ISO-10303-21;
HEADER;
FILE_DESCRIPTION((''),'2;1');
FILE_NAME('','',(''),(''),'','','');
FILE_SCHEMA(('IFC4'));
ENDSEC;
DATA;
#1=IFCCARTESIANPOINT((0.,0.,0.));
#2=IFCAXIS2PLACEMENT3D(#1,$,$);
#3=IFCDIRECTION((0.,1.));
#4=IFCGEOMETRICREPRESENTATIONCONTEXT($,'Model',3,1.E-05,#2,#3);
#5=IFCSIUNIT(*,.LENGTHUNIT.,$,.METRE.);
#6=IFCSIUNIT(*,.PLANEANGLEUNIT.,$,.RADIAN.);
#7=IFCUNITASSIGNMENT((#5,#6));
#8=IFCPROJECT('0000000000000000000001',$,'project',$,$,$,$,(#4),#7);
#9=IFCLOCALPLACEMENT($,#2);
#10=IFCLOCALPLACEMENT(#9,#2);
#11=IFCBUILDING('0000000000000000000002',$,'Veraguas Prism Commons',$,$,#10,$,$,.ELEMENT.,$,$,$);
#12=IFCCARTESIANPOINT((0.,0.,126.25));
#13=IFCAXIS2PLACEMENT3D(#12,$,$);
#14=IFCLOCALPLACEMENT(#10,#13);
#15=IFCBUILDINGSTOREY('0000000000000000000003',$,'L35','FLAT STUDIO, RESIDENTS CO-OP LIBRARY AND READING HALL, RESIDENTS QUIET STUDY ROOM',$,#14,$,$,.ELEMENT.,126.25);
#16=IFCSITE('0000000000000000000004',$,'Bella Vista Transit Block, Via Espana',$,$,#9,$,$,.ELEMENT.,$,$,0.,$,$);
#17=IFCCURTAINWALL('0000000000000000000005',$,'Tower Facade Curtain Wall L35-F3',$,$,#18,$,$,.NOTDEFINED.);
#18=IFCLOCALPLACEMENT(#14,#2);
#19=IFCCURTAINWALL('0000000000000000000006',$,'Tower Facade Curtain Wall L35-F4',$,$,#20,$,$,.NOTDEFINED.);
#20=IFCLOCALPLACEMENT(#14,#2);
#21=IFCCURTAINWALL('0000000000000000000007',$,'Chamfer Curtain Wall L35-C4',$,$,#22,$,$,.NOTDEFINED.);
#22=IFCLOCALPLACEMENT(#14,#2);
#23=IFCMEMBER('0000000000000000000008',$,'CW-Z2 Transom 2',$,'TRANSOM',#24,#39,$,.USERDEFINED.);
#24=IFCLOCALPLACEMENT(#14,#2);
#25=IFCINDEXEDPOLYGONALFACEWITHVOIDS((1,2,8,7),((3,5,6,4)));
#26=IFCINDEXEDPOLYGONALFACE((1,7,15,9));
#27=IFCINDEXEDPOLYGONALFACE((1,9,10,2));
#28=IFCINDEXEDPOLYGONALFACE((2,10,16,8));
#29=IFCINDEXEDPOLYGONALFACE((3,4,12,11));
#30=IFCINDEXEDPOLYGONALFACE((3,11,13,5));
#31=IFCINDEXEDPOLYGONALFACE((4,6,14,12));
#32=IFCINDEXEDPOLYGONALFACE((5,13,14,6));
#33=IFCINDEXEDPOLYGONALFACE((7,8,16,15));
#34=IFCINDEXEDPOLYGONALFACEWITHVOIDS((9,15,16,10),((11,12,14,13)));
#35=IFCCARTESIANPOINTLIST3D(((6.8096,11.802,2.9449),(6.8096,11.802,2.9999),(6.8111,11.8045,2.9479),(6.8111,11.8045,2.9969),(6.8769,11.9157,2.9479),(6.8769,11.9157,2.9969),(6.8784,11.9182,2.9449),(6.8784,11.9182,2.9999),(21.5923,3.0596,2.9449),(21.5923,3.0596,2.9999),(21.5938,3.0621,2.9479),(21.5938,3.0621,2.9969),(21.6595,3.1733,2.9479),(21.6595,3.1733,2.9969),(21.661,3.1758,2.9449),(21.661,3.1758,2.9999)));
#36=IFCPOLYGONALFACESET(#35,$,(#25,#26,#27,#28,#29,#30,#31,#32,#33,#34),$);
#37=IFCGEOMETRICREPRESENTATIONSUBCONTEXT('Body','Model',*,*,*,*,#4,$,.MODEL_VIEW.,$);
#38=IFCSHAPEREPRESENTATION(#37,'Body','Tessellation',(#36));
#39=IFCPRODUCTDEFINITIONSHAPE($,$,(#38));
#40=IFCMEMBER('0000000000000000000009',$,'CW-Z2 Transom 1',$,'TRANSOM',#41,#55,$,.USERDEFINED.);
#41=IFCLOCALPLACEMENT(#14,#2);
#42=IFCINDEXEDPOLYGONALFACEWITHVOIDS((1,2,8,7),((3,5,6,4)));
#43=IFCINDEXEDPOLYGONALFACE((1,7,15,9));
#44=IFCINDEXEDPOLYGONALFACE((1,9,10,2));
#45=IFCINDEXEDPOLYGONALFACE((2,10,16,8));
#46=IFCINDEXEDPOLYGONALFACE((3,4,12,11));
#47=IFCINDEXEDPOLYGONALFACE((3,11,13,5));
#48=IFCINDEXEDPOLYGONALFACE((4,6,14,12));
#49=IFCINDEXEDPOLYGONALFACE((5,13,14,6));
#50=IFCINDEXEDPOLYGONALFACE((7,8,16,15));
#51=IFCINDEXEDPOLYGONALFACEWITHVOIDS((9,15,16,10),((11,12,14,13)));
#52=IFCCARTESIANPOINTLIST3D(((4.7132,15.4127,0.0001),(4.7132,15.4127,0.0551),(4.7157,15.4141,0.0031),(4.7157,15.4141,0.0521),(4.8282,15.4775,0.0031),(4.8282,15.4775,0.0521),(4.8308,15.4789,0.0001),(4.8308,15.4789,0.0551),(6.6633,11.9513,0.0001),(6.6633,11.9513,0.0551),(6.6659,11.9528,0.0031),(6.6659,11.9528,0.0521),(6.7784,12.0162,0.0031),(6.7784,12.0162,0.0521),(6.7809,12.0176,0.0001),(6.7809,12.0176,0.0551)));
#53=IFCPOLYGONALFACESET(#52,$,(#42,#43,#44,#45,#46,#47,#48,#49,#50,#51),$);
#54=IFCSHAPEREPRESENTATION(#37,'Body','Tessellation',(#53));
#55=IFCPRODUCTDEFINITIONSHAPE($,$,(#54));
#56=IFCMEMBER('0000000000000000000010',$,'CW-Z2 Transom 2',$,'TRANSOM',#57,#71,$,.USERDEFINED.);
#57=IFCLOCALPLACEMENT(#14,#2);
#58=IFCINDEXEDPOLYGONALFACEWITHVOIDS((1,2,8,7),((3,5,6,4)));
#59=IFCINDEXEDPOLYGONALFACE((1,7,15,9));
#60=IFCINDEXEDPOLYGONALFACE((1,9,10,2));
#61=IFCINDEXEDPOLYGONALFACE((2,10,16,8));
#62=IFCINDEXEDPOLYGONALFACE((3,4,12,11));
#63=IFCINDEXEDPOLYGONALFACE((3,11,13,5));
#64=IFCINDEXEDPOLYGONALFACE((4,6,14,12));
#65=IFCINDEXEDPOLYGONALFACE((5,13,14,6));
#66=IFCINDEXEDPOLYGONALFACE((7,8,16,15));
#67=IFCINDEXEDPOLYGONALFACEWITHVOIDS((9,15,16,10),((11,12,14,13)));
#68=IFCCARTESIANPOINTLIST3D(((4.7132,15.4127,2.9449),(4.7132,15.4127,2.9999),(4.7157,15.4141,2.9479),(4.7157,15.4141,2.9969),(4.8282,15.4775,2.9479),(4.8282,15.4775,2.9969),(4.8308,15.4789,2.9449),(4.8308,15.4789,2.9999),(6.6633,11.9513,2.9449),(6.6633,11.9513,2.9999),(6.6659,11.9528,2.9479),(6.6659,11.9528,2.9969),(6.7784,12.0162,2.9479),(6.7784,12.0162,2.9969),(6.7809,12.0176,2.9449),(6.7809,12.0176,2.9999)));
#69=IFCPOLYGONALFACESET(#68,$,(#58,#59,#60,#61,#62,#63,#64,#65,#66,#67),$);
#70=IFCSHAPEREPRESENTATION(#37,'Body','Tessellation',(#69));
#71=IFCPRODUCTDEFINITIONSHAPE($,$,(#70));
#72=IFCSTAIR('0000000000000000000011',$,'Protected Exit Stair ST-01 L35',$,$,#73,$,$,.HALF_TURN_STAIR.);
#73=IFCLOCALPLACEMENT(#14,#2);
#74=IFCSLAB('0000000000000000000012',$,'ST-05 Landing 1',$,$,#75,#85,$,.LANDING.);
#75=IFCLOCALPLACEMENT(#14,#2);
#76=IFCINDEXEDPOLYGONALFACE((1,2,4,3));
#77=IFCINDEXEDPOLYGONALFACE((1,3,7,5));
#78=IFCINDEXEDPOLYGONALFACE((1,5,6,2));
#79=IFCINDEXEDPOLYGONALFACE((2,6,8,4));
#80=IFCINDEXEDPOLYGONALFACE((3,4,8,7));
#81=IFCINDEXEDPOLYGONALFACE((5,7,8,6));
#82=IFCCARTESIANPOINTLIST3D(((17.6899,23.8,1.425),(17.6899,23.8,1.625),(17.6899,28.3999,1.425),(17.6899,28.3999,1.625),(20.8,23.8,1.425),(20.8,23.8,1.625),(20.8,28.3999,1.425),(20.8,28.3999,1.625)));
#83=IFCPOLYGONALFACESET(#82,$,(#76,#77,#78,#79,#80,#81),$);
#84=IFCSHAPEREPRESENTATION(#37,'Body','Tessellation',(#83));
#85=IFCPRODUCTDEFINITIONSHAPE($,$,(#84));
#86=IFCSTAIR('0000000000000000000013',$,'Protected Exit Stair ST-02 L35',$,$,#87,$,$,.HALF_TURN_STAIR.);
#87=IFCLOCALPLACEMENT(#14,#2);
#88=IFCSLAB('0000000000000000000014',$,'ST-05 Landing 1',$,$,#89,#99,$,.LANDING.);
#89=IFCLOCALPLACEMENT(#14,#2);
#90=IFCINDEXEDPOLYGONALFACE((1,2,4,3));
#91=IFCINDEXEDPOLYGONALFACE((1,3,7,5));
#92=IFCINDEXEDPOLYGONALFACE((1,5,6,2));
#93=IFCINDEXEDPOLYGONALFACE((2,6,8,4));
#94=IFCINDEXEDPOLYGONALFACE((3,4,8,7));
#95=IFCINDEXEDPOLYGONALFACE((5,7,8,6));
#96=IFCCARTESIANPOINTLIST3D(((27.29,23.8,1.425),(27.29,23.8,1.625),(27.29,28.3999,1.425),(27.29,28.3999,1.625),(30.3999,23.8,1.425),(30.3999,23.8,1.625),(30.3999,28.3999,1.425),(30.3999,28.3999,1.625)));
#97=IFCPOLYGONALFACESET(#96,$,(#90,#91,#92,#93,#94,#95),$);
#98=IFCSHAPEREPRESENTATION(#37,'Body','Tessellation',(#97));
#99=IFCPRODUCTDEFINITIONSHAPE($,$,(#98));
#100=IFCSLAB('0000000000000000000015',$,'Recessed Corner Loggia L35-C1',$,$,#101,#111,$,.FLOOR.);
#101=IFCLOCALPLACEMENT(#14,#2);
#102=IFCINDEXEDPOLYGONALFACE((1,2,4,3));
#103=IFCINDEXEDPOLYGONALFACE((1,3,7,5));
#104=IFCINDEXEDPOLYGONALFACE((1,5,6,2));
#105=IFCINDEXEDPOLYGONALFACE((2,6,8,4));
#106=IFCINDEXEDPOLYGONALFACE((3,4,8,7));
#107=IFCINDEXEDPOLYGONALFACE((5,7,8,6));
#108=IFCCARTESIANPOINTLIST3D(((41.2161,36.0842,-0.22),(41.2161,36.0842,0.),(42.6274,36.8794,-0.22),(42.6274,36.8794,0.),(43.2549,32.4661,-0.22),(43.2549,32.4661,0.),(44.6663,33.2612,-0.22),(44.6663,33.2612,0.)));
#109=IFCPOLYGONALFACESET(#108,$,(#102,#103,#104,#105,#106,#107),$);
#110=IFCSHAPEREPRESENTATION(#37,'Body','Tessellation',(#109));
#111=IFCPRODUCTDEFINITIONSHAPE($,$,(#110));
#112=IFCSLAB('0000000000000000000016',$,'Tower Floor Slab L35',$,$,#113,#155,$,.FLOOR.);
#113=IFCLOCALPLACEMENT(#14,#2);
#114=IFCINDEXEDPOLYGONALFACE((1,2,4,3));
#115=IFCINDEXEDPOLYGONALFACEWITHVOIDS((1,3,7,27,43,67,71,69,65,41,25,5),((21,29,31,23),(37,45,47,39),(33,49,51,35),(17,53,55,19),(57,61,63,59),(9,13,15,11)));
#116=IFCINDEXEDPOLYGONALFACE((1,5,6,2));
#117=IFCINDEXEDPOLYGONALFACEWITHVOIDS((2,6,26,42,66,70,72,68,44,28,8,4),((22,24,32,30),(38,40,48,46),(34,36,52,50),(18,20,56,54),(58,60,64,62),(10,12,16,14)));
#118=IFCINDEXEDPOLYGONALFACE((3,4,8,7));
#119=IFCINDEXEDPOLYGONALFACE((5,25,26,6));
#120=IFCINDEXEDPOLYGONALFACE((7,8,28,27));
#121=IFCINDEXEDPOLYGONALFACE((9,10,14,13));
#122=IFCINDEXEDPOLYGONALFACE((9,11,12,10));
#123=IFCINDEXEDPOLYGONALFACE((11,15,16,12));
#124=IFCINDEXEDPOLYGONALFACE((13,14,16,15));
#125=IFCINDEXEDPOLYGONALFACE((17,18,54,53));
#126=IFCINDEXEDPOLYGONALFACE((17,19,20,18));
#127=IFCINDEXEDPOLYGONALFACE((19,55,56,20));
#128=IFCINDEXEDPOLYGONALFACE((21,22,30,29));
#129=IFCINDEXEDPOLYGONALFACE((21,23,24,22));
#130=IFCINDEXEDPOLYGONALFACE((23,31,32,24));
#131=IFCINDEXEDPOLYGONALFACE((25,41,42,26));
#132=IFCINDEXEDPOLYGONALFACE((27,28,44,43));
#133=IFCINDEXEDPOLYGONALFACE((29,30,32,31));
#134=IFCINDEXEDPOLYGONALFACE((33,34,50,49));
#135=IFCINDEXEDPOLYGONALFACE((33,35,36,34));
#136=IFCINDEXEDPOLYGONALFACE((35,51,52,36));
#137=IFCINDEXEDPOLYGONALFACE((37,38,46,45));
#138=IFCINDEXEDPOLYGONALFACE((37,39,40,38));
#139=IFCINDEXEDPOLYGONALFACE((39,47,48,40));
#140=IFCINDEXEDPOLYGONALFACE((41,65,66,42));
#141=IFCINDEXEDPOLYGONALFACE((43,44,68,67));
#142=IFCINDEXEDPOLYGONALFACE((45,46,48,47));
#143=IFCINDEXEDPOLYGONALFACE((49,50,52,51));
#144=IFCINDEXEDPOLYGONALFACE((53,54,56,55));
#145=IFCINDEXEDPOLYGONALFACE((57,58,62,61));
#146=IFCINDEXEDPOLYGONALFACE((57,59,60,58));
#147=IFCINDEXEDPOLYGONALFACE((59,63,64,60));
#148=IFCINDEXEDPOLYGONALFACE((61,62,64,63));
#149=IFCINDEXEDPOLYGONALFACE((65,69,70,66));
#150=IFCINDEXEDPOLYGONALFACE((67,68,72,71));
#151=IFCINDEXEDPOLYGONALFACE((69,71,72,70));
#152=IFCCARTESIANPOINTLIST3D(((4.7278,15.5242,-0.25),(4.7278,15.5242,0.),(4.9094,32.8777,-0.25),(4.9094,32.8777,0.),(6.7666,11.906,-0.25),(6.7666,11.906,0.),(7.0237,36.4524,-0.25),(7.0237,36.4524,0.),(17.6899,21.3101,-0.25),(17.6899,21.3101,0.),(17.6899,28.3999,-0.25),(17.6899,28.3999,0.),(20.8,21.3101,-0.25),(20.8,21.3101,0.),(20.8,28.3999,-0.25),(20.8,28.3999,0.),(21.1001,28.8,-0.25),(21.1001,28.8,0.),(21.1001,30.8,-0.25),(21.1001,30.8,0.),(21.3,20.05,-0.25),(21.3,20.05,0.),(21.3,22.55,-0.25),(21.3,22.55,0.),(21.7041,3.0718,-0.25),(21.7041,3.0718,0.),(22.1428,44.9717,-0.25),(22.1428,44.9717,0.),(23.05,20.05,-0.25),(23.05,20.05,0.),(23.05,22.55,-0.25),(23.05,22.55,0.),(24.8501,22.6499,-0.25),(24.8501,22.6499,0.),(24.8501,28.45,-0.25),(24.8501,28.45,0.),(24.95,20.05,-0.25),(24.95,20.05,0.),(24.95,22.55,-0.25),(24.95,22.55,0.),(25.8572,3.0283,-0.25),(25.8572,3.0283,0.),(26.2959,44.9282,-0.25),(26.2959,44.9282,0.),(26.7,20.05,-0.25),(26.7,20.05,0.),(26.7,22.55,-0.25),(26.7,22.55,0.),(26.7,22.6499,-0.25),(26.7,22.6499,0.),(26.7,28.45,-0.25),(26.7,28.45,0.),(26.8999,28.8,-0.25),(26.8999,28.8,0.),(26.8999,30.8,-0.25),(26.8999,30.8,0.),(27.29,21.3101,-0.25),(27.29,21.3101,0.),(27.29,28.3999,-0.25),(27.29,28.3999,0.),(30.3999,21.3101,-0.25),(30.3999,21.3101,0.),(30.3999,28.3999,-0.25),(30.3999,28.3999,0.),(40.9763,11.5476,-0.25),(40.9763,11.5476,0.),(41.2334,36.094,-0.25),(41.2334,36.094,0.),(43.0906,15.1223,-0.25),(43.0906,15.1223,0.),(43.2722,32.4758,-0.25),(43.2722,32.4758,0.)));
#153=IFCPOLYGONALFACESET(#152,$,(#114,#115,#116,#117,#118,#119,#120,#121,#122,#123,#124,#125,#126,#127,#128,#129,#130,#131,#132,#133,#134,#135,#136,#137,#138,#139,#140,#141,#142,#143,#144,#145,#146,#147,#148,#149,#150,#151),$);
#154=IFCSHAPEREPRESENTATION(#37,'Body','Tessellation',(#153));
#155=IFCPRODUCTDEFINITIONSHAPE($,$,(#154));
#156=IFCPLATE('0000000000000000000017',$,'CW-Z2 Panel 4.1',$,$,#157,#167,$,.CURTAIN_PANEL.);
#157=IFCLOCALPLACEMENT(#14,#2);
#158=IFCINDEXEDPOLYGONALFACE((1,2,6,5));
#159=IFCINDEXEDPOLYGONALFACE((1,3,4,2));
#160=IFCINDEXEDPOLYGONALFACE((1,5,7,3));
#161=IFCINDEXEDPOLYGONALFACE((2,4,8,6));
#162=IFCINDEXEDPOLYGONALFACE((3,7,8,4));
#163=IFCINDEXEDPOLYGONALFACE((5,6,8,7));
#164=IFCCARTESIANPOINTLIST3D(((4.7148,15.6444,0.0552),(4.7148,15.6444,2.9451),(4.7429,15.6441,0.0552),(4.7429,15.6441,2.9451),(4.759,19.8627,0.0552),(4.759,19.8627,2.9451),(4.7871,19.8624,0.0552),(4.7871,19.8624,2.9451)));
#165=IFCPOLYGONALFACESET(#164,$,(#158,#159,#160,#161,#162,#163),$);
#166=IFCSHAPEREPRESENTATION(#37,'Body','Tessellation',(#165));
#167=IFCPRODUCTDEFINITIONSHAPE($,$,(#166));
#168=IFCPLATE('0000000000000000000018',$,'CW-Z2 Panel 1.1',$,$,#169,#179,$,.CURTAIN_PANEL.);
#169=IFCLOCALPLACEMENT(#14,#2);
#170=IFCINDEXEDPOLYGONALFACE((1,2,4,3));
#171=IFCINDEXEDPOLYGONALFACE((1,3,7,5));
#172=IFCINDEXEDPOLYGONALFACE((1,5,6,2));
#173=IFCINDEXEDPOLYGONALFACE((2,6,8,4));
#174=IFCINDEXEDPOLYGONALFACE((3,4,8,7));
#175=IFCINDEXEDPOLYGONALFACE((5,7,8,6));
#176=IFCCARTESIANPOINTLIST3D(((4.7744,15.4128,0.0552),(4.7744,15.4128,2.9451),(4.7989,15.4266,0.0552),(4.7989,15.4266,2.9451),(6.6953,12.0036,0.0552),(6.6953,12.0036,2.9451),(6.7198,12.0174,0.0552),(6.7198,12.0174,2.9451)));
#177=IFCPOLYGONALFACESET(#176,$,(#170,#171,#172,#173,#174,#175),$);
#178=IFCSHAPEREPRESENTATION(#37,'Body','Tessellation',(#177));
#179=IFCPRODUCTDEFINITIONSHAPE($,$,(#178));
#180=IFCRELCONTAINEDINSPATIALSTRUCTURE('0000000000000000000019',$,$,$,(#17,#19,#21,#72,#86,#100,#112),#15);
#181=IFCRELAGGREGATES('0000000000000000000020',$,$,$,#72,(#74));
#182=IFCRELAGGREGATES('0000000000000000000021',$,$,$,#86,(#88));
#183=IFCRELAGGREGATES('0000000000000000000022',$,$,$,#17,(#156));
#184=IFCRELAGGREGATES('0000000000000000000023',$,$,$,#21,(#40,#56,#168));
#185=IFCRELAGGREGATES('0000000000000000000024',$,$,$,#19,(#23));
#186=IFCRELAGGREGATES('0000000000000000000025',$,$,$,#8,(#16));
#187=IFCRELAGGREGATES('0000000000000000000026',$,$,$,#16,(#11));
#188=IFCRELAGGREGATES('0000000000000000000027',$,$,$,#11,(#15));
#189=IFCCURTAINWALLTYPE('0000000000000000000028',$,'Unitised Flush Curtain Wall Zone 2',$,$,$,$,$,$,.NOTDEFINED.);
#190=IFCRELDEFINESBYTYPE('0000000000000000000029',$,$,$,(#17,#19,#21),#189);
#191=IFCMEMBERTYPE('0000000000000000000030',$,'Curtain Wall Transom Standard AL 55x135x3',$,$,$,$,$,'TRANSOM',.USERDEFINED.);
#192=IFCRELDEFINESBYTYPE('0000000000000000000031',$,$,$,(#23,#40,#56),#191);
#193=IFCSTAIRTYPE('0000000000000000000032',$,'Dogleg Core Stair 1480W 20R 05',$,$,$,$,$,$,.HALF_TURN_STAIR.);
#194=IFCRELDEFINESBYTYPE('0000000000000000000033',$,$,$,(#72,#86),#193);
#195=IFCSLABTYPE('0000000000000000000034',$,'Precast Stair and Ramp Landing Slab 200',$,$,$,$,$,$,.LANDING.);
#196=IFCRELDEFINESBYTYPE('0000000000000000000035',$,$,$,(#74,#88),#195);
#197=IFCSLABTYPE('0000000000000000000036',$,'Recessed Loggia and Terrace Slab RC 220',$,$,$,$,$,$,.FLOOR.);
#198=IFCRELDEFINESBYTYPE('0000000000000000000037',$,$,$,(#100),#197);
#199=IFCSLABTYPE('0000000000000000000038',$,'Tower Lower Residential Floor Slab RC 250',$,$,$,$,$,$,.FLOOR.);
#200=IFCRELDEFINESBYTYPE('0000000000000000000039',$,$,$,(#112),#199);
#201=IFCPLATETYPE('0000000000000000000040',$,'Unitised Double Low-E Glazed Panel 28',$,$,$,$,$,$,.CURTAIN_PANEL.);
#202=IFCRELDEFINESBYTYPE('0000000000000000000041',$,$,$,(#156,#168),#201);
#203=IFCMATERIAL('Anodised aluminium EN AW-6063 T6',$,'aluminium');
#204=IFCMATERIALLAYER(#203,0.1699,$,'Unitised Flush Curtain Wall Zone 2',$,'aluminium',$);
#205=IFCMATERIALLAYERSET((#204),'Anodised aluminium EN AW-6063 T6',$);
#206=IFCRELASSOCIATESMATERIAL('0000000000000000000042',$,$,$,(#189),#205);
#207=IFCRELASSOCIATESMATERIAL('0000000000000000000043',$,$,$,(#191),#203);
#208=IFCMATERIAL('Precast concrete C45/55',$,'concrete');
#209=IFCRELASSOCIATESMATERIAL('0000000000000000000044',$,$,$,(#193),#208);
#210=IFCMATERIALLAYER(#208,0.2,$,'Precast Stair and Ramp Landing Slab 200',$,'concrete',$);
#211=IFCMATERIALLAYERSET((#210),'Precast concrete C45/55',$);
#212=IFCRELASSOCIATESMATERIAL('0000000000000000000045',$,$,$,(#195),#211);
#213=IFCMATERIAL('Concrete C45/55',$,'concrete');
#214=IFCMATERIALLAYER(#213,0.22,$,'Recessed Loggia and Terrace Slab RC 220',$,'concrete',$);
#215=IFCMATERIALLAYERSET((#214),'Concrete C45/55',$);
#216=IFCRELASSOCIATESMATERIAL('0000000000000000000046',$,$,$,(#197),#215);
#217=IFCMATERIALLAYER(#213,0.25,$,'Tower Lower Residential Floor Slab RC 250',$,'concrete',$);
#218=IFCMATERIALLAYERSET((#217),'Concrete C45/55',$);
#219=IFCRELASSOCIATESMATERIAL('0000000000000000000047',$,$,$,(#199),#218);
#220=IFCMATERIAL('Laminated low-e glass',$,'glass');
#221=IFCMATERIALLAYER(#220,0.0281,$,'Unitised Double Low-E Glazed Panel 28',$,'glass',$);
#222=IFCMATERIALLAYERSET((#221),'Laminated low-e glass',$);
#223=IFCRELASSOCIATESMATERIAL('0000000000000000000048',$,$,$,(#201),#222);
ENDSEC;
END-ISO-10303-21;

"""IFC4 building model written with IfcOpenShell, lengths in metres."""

from ifc_helpers import new_model, si_unit, direction, frame, origin, origin_2d, place, context, subcontext, project, spatial, polyline, rectangle, hollow_rectangle, outline, extrude, source, transform, mapped, material, layer, layer_set, material_profile, profile_set, type_object, element, aggregate, save


model = new_model("IFC4")

# Units and contexts
model_context = context("Model", 3, precision=1e-05, world=origin(), true_north=direction((0.0, 1.0)))
body_context = subcontext(model_context, "Body", "Model", "MODEL_VIEW")
ifc_project = project(units=[si_unit("LENGTHUNIT", "METRE"), si_unit("PLANEANGLEUNIT", "RADIAN")], contexts=[model_context])

# Site, building, storey
site_placement = place(None, origin())
site = spatial("IfcSite", under=ifc_project, at=site_placement, Name="Bella Vista Transit Block, Via Espana", CompositionType="ELEMENT", RefElevation=0.0)
building_placement = place(site_placement, origin())
building = spatial("IfcBuilding", under=site, at=building_placement, Name="Veraguas Prism Commons", CompositionType="ELEMENT")
storey_placement = place(building_placement, frame((0.0, 0.0, 126.25)))
storey = spatial("IfcBuildingStorey", under=building, at=storey_placement, Name="L35", Description="FLAT STUDIO, RESIDENTS CO-OP LIBRARY AND READING HALL, RESIDENTS QUIET STUDY ROOM", CompositionType="ELEMENT", Elevation=126.25)

# Curtain walls
ifc_material_1 = material(Name="Anodised aluminium EN AW-6063 T6", Category="aluminium")
ifc_layer_1 = layer(ifc_material_1, 0.1699, Name="Unitised Flush Curtain Wall Zone 2", Category="aluminium")
ifc_layer_set_1 = layer_set([ifc_layer_1], Name="Anodised aluminium EN AW-6063 T6")
curtain_wall_type = type_object("IfcCurtainWallType", Name="Unitised Flush Curtain Wall Zone 2", PredefinedType="NOTDEFINED", material=ifc_layer_set_1)
curtain_wall_1_placement = place(storey_placement, origin())
curtain_wall_1 = element("IfcCurtainWall", 1, at=curtain_wall_1_placement, inside=storey, type_object=curtain_wall_type, Name="Tower Facade Curtain Wall L35-F3", PredefinedType="NOTDEFINED")
curtain_wall_2_placement = place(storey_placement, origin())
curtain_wall_2 = element("IfcCurtainWall", 2, at=curtain_wall_2_placement, inside=storey, type_object=curtain_wall_type, Name="Tower Facade Curtain Wall L35-F4", PredefinedType="NOTDEFINED")
curtain_wall_3_placement = place(storey_placement, origin())
curtain_wall_3 = element("IfcCurtainWall", 3, at=curtain_wall_3_placement, inside=storey, type_object=curtain_wall_type, Name="Chamfer Curtain Wall L35-C4", PredefinedType="NOTDEFINED")

# Members
ifc_material_profile_1 = material_profile(ifc_material_1, hollow_rectangle(XDim=0.0549, YDim=0.135, WallThickness=0.0029, at=origin_2d()), Name="AL55X135X3")
ifc_profile_set_1 = profile_set([ifc_material_profile_1], Name="Anodised aluminium EN AW-6063 T6")
member_type_1 = type_object("IfcMemberType", Name="Curtain Wall Transom Standard AL 55x135x3", ElementType="TRANSOM", PredefinedType="USERDEFINED", material=ifc_profile_set_1)
shared_shape_1 = source(origin(), body_context, "Body", "SweptSolid", [
    extrude(hollow_rectangle(XDim=0.0549, YDim=0.135, WallThickness=0.0029, at=origin_2d()), origin(), (0.0, 0.0, 1.0), 17.1743),
])
member_1_placement = place(storey_placement, frame((6.844, 11.8601, 2.9724), z_axis=(0.860743, -0.50904, 0.0), x_axis=(0.0, 0.0, 1.0)))
member_1 = element("IfcMember", 4, at=member_1_placement, type_object=member_type_1, Name="CW-Z2 Transom 2", ObjectType="TRANSOM", PredefinedType="USERDEFINED", context=body_context, shape_type="MappedRepresentation", body=[
    mapped(shared_shape_1, transform((0.0, 0.0, 0.0), scale=1.0)),
])
shared_shape_2 = source(origin(), body_context, "Body", "SweptSolid", [
    extrude(hollow_rectangle(XDim=0.0549, YDim=0.135, WallThickness=0.0029, at=origin_2d()), origin(), (0.0, 0.0, 1.0), 3.9729),
])
member_2_placement = place(storey_placement, frame((4.772, 15.4458, 0.0276), z_axis=(0.490862, -0.871237, 0.0), x_axis=(0.0, 0.0, 1.0)))
member_2 = element("IfcMember", 5, at=member_2_placement, type_object=member_type_1, Name="CW-Z2 Transom 1", ObjectType="TRANSOM", PredefinedType="USERDEFINED", context=body_context, shape_type="MappedRepresentation", body=[
    mapped(shared_shape_2, transform((0.0, 0.0, 0.0), scale=1.0)),
])
member_3_placement = place(storey_placement, frame((4.772, 15.4458, 2.9724), z_axis=(0.490862, -0.871237, 0.0), x_axis=(0.0, 0.0, 1.0)))
member_3 = element("IfcMember", 6, at=member_3_placement, type_object=member_type_1, Name="CW-Z2 Transom 2", ObjectType="TRANSOM", PredefinedType="USERDEFINED", context=body_context, shape_type="MappedRepresentation", body=[
    mapped(shared_shape_2, transform((0.0, 0.0, 0.0), scale=1.0)),
])

# Stairs, slabs
ifc_material_2 = material(Name="Precast concrete C45/55", Category="concrete")
stair_type = type_object("IfcStairType", Name="Dogleg Core Stair 1480W 20R 05", PredefinedType="HALF_TURN_STAIR", material=ifc_material_2)
stair_1_placement = place(storey_placement, origin())
stair_1 = element("IfcStair", 7, at=stair_1_placement, inside=storey, type_object=stair_type, Name="Protected Exit Stair ST-01 L35", PredefinedType="HALF_TURN_STAIR")
ifc_layer_2 = layer(ifc_material_2, 0.2, Name="Precast Stair and Ramp Landing Slab 200", Category="concrete")
ifc_layer_set_2 = layer_set([ifc_layer_2], Name="Precast concrete C45/55")
slab_type_1 = type_object("IfcSlabType", Name="Precast Stair and Ramp Landing Slab 200", PredefinedType="LANDING", material=ifc_layer_set_2)
slab_1_placement = place(storey_placement, frame((0.0, 0.0, 1.425)))
slab_1 = element("IfcSlab", 8, at=slab_1_placement, type_object=slab_type_1, Name="ST-05 Landing 1", PredefinedType="LANDING", context=body_context, shape_type="SweptSolid", body=[
    extrude(outline(polyline([(20.8, 23.8), (20.8, 28.3999), (17.6899, 28.3999), (17.6899, 23.8), (20.8, 23.8)])), origin(), (0.0, 0.0, 1.0), 0.2),
])
aggregate(stair_1, [slab_1])
stair_2_placement = place(storey_placement, origin())
stair_2 = element("IfcStair", 9, at=stair_2_placement, inside=storey, type_object=stair_type, Name="Protected Exit Stair ST-02 L35", PredefinedType="HALF_TURN_STAIR")
slab_2_placement = place(storey_placement, frame((0.0, 0.0, 1.425)))
slab_2 = element("IfcSlab", 10, at=slab_2_placement, type_object=slab_type_1, Name="ST-05 Landing 1", PredefinedType="LANDING", context=body_context, shape_type="SweptSolid", body=[
    extrude(outline(polyline([(30.3999, 23.8), (30.3999, 28.3999), (27.29, 28.3999), (27.29, 23.8), (30.3999, 23.8)])), origin(), (0.0, 0.0, 1.0), 0.2),
])
aggregate(stair_2, [slab_2])

# Slabs
ifc_material_3 = material(Name="Concrete C45/55", Category="concrete")
ifc_layer_3 = layer(ifc_material_3, 0.22, Name="Recessed Loggia and Terrace Slab RC 220", Category="concrete")
ifc_layer_set_3 = layer_set([ifc_layer_3], Name="Concrete C45/55")
slab_type_2 = type_object("IfcSlabType", Name="Recessed Loggia and Terrace Slab RC 220", PredefinedType="FLOOR", material=ifc_layer_set_3)
slab_3_placement = place(storey_placement, frame((0.0, 0.0, -0.22)))
element("IfcSlab", 11, at=slab_3_placement, inside=storey, type_object=slab_type_2, Name="Recessed Corner Loggia L35-C1", PredefinedType="FLOOR", context=body_context, shape_type="SweptSolid", body=[
    extrude(outline(polyline([(43.2549, 32.4661), (44.6663, 33.2612), (42.6274, 36.8794), (41.2161, 36.0842), (43.2549, 32.4661)])), origin(), (0.0, 0.0, 1.0), 0.22),
])
ifc_layer_4 = layer(ifc_material_3, 0.25, Name="Tower Lower Residential Floor Slab RC 250", Category="concrete")
ifc_layer_set_4 = layer_set([ifc_layer_4], Name="Concrete C45/55")
slab_type_3 = type_object("IfcSlabType", Name="Tower Lower Residential Floor Slab RC 250", PredefinedType="FLOOR", material=ifc_layer_set_4)
slab_4_placement = place(storey_placement, frame((0.0, 0.0, -0.25)))
element("IfcSlab", 12, at=slab_4_placement, inside=storey, type_object=slab_type_3, Name="Tower Floor Slab L35", PredefinedType="FLOOR", context=body_context, shape_type="SweptSolid", body=[
    extrude(outline(polyline([(43.2722, 32.4758), (41.2334, 36.094), (26.2959, 44.9282), (22.1428, 44.9717), (7.0237, 36.4524), (4.9094, 32.8777), (4.7278, 15.5242), (6.7666, 11.906), (21.7041, 3.0718), (25.8572, 3.0283), (40.9763, 11.5476), (43.0906, 15.1223), (43.2722, 32.4758)]), holes=[polyline([(20.8, 21.3101), (20.8, 28.3999), (17.6899, 28.3999), (17.6899, 21.3101), (20.8, 21.3101)]), polyline([(30.3999, 21.3101), (30.3999, 28.3999), (27.29, 28.3999), (27.29, 21.3101), (30.3999, 21.3101)]), polyline([(24.8501, 22.6499), (26.7, 22.6499), (26.7, 28.45), (24.8501, 28.45), (24.8501, 22.6499)]), polyline([(21.1001, 28.8), (26.8999, 28.8), (26.8999, 30.8), (21.1001, 30.8), (21.1001, 28.8)]), polyline([(21.3, 20.05), (23.05, 20.05), (23.05, 22.55), (21.3, 22.55), (21.3, 20.05)]), polyline([(24.95, 20.05), (26.7, 20.05), (26.7, 22.55), (24.95, 22.55), (24.95, 20.05)])]), origin(), (0.0, 0.0, 1.0), 0.25),
])

# Plates
ifc_material_4 = material(Name="Laminated low-e glass", Category="glass")
ifc_layer_5 = layer(ifc_material_4, 0.0281, Name="Unitised Double Low-E Glazed Panel 28", Category="glass")
ifc_layer_set_5 = layer_set([ifc_layer_5], Name="Laminated low-e glass")
plate_type = type_object("IfcPlateType", Name="Unitised Double Low-E Glazed Panel 28", PredefinedType="CURTAIN_PANEL", material=ifc_layer_set_5)
shared_shape_3 = source(origin(), body_context, "Body", "SweptSolid", [
    extrude(rectangle(XDim=4.2185, YDim=0.0281, at=origin_2d()), origin(), (0.0, 0.0, 1.0), 2.8899),
])
plate_1_placement = place(storey_placement, frame((4.751, 17.7534, 0.0552), z_axis=(0.0, 0.0, 1.0), x_axis=(-0.010479, -0.999945, 0.0)))
plate_1 = element("IfcPlate", 13, at=plate_1_placement, type_object=plate_type, Name="CW-Z2 Panel 4.1", PredefinedType="CURTAIN_PANEL", context=body_context, shape_type="MappedRepresentation", body=[
    mapped(shared_shape_3, transform((0.0, 0.0, 0.0), scale=1.0)),
])
aggregate(curtain_wall_1, [plate_1])
shared_shape_4 = source(origin(), body_context, "Body", "SweptSolid", [
    extrude(rectangle(XDim=3.9131, YDim=0.0281, at=origin_2d()), origin(), (0.0, 0.0, 1.0), 2.8899),
])
plate_2_placement = place(storey_placement, frame((5.7471, 13.7151, 0.0552), z_axis=(0.0, 0.0, 1.0), x_axis=(0.490892, -0.871221, 0.0)))
plate_2 = element("IfcPlate", 14, at=plate_2_placement, type_object=plate_type, Name="CW-Z2 Panel 1.1", PredefinedType="CURTAIN_PANEL", context=body_context, shape_type="MappedRepresentation", body=[
    mapped(shared_shape_4, transform((0.0, 0.0, 0.0), scale=1.0)),
])
aggregate(curtain_wall_3, [member_2, member_3, plate_2])
aggregate(curtain_wall_2, [member_1])

save(model, "model.ifc")
